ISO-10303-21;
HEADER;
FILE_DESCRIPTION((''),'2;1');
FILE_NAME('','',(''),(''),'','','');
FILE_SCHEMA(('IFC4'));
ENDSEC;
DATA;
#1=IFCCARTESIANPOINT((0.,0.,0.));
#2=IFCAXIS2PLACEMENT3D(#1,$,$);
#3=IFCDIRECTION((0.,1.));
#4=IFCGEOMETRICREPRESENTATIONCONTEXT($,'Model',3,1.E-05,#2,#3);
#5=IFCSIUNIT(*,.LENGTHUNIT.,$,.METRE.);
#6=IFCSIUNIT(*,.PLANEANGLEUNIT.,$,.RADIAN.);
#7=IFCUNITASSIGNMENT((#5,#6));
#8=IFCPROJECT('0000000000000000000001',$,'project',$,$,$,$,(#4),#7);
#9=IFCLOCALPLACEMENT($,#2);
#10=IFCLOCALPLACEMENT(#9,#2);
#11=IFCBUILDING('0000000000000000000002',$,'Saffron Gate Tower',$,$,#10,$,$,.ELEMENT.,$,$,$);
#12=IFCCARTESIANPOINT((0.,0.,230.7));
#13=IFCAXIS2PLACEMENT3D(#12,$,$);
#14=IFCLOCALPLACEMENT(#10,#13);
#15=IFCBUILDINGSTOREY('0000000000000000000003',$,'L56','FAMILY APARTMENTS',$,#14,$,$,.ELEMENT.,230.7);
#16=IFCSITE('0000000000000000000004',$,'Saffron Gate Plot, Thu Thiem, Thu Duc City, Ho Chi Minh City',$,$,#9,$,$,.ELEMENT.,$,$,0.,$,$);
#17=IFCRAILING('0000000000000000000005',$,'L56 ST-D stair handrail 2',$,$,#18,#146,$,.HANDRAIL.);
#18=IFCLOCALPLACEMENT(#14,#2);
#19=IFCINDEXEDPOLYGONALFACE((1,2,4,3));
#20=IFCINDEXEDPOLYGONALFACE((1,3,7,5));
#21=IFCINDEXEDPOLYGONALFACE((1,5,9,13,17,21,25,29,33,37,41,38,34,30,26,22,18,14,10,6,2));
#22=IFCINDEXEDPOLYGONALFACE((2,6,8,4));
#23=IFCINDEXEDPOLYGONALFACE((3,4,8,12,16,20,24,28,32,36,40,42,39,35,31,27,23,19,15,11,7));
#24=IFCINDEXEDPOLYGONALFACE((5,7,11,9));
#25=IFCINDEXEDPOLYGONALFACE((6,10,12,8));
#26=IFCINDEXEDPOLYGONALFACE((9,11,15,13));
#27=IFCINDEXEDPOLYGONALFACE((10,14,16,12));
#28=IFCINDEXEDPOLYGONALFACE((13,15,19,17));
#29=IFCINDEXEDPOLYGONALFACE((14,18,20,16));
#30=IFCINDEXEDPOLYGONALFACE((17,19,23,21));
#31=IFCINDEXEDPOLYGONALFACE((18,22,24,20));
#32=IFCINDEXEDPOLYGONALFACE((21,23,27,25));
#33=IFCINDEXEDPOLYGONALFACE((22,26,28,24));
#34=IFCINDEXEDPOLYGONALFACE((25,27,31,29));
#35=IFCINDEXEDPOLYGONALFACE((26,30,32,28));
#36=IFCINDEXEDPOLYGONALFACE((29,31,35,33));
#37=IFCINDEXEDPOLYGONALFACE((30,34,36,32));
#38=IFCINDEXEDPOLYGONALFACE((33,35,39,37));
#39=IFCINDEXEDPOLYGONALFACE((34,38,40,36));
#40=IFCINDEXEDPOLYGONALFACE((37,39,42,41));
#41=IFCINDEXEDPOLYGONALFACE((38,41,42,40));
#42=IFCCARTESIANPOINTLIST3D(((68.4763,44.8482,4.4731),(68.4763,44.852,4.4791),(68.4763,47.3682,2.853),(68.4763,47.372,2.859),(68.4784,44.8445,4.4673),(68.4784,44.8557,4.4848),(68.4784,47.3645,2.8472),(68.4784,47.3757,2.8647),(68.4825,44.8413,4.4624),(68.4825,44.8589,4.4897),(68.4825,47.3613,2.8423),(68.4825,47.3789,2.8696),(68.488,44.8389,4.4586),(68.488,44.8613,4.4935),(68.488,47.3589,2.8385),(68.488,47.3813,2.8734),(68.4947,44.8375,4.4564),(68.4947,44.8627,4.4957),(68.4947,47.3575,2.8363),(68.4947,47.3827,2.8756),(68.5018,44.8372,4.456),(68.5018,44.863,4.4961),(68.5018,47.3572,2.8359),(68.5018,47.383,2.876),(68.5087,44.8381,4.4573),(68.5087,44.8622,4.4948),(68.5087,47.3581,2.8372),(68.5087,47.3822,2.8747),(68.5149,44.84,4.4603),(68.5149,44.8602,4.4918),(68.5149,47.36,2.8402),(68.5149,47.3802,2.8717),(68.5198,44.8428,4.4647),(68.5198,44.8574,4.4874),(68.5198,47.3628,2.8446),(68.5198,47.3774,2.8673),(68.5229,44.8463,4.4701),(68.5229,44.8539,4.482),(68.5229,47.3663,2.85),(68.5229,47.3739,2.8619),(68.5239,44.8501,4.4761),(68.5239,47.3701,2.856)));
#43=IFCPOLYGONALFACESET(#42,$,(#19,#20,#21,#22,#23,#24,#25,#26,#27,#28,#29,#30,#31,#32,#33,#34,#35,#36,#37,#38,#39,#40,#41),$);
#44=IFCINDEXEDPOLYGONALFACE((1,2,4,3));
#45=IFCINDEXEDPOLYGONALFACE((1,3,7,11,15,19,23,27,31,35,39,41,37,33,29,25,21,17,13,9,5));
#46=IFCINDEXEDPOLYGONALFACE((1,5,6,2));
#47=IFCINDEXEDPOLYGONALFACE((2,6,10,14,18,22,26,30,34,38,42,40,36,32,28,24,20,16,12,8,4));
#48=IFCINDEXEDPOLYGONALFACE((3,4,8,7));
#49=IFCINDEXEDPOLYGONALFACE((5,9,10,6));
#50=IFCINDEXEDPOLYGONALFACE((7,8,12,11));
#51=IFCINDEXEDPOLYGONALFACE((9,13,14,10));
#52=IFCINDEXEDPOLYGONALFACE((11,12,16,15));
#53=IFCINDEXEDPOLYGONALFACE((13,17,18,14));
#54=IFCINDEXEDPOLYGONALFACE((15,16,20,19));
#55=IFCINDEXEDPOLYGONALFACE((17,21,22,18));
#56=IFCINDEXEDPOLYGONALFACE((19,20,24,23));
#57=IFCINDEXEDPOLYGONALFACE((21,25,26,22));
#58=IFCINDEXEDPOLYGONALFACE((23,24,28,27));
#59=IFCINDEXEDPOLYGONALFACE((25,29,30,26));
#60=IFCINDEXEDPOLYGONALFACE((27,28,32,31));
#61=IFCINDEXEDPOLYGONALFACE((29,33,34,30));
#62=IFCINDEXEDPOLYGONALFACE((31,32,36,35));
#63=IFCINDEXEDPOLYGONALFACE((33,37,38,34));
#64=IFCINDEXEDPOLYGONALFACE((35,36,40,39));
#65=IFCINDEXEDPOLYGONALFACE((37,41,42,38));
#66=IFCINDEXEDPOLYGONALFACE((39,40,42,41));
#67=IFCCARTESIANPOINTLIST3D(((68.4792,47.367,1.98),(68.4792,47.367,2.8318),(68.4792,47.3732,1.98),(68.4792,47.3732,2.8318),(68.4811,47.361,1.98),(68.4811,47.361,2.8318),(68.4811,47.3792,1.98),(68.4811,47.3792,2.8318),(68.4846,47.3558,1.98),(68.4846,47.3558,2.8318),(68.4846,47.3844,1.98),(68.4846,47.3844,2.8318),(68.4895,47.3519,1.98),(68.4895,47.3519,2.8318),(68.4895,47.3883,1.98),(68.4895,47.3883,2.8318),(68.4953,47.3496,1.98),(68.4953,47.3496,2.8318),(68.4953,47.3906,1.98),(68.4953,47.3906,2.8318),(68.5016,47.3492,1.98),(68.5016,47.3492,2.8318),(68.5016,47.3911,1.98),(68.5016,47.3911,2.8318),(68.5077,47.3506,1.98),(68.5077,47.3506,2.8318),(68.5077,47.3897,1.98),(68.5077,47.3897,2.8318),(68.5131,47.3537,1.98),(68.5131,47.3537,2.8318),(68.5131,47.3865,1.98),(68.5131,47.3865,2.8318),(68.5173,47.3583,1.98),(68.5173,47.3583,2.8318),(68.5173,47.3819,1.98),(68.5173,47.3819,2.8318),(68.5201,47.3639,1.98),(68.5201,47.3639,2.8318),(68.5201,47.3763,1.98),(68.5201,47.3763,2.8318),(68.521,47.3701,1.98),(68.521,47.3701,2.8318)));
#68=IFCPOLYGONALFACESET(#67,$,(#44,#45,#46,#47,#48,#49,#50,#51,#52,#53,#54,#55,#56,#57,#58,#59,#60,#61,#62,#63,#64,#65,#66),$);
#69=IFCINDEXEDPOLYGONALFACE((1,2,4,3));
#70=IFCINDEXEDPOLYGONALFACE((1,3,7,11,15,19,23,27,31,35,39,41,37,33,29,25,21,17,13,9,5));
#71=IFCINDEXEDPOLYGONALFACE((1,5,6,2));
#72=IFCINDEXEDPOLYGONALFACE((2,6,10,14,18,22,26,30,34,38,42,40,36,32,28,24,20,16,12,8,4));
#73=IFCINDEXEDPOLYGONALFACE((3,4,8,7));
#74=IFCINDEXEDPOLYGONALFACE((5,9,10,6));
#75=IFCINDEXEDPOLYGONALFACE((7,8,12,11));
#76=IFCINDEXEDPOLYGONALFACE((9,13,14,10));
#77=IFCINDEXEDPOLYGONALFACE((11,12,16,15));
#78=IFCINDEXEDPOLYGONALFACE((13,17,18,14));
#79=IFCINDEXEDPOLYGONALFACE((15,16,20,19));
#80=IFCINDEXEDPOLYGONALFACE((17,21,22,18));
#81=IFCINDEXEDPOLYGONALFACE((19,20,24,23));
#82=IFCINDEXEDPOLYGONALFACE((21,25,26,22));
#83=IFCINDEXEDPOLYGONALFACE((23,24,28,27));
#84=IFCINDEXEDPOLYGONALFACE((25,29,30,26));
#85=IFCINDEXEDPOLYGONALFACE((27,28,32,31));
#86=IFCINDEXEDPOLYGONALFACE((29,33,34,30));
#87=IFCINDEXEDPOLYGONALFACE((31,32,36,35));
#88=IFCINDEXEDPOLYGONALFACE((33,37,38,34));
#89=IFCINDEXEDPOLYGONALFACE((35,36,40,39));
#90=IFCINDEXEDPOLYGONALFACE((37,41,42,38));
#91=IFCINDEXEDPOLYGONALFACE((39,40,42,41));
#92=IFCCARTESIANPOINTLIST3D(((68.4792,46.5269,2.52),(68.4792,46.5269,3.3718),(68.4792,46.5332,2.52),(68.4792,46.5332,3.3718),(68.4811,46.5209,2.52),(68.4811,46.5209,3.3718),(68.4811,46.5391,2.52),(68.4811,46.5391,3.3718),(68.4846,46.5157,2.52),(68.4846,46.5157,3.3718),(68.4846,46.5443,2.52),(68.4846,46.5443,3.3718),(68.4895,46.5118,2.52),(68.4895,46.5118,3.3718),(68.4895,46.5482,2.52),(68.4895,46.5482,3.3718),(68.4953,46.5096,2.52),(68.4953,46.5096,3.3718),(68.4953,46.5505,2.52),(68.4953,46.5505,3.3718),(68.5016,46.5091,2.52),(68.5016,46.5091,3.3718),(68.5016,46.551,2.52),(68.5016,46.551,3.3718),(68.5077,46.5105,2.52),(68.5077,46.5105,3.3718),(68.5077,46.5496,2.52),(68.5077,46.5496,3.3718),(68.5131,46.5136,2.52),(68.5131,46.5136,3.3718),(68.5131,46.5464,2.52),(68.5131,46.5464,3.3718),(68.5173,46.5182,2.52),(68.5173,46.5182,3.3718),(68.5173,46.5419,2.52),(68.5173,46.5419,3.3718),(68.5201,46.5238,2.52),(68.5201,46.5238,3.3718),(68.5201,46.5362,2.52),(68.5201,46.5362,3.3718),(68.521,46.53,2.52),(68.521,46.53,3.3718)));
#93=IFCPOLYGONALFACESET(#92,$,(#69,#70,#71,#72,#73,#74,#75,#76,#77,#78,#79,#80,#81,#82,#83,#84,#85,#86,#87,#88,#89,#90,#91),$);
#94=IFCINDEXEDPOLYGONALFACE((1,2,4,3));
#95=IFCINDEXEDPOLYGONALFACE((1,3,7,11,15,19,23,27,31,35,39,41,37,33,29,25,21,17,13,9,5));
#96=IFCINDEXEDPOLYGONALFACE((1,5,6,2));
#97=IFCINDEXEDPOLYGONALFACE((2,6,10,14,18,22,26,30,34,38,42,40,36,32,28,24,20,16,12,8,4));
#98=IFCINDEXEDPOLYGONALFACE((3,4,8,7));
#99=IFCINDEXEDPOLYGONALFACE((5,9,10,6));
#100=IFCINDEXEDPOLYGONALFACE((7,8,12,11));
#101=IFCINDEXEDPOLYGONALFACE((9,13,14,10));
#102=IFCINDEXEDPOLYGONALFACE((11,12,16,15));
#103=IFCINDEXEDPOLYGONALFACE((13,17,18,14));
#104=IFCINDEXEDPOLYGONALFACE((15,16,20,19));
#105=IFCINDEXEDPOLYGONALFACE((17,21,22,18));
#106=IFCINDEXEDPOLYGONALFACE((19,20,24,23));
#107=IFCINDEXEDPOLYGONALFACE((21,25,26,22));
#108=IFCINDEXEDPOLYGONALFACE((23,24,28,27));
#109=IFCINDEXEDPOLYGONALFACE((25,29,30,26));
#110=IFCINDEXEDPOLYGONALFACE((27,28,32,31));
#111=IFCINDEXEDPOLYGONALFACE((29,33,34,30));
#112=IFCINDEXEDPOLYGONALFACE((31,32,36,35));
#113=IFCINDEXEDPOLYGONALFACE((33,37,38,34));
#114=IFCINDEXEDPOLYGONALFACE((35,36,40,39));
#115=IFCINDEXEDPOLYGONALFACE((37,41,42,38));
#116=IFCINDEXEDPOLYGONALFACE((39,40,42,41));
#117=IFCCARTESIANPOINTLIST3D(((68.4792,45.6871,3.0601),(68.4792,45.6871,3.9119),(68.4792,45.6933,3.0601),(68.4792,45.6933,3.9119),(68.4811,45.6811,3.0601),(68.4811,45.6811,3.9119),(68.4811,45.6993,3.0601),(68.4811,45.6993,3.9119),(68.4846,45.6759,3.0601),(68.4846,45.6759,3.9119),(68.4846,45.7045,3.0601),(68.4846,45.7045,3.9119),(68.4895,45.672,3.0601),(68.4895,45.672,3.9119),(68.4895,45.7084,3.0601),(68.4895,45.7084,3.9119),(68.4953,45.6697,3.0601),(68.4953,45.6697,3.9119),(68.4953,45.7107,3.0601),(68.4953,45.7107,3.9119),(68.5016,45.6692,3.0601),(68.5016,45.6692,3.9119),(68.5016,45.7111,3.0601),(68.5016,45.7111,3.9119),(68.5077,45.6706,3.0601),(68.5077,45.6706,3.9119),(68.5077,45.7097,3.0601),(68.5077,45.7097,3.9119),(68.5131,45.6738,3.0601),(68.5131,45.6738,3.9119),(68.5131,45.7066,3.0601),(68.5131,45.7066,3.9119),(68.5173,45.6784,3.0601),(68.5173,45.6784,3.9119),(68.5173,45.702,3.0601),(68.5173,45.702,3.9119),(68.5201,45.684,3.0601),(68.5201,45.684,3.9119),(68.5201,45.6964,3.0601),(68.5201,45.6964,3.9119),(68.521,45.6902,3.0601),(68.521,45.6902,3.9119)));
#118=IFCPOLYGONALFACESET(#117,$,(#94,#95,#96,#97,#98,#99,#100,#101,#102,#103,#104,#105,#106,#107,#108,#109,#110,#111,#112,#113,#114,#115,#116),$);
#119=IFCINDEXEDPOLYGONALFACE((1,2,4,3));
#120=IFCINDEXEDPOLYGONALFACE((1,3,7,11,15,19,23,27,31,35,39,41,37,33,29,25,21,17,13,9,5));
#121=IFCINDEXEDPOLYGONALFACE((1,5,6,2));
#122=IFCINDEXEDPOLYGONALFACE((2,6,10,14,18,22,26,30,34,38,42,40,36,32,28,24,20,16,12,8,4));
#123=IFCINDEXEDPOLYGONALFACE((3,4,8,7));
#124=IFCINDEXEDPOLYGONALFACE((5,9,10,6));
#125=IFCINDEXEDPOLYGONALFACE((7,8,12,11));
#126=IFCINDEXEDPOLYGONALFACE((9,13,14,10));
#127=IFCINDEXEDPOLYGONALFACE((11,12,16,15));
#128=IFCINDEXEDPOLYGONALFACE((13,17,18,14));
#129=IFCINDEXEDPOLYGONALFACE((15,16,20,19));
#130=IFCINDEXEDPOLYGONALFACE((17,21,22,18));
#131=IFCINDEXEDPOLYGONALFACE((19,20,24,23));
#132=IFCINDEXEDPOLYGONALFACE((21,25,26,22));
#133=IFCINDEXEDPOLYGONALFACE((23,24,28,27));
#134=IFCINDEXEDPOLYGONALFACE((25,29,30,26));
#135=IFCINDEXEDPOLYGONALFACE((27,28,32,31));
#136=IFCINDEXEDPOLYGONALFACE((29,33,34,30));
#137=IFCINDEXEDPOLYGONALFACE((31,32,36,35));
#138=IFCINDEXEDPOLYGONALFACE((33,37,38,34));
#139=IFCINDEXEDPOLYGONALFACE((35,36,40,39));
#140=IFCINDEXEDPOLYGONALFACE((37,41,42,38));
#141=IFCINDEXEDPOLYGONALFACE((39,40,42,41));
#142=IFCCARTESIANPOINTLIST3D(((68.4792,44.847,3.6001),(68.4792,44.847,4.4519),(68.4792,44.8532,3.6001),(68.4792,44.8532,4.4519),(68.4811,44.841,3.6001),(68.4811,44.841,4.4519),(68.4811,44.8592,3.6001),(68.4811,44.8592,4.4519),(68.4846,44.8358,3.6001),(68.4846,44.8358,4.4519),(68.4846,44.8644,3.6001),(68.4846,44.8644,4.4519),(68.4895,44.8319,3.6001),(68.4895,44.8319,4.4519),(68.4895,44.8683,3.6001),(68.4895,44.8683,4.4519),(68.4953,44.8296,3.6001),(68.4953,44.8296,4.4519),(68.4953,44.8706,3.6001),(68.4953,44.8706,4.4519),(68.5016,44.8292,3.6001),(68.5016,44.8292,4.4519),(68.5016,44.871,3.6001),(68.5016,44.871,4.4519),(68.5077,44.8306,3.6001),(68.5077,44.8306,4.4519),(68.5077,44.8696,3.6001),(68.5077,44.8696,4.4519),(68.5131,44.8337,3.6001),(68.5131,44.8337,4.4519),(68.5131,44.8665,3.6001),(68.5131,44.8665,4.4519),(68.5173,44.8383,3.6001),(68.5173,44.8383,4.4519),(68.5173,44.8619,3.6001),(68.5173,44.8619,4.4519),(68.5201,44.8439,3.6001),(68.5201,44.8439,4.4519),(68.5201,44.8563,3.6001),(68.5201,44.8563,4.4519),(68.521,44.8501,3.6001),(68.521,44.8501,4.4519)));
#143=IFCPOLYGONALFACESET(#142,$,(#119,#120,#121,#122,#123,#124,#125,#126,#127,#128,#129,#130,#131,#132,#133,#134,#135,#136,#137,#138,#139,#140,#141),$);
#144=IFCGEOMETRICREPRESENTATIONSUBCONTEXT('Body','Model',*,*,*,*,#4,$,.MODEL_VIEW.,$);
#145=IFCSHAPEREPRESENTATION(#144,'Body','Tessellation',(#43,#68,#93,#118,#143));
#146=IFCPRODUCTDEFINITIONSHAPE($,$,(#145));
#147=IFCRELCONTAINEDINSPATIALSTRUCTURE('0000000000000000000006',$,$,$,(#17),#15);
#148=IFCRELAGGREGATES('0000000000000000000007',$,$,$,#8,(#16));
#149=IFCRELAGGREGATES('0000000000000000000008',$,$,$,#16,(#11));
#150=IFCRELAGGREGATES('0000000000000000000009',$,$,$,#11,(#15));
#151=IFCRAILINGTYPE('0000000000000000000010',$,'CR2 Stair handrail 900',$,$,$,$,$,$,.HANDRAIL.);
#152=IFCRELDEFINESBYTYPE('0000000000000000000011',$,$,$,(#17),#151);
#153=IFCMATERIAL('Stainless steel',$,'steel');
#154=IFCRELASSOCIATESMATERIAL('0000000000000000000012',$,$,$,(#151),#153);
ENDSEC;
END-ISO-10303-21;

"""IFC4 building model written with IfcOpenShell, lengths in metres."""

from ifc_helpers import new_model, si_unit, direction, frame, origin, origin_2d, place, context, subcontext, project, spatial, circle, extrude, material, type_object, element, save


model = new_model("IFC4")

# Units and contexts
model_context = context("Model", 3, precision=1e-05, world=origin(), true_north=direction((0.0, 1.0)))
body_context = subcontext(model_context, "Body", "Model", "MODEL_VIEW")
ifc_project = project(units=[si_unit("LENGTHUNIT", "METRE"), si_unit("PLANEANGLEUNIT", "RADIAN")], contexts=[model_context])

# Site, building, storey
site_placement = place(None, origin())
site = spatial("IfcSite", under=ifc_project, at=site_placement, Name="Saffron Gate Plot, Thu Thiem, Thu Duc City, Ho Chi Minh City", CompositionType="ELEMENT", RefElevation=0.0)
building_placement = place(site_placement, origin())
building = spatial("IfcBuilding", under=site, at=building_placement, Name="Saffron Gate Tower", CompositionType="ELEMENT")
storey_placement = place(building_placement, frame((0.0, 0.0, 230.7)))
storey = spatial("IfcBuildingStorey", under=building, at=storey_placement, Name="L56", Description="FAMILY APARTMENTS", CompositionType="ELEMENT", Elevation=230.7)

# Railing
ifc_material_1 = material(Name="Stainless steel", Category="steel")
railing_type_1 = type_object("IfcRailingType", Name="CR2 Stair handrail 900", PredefinedType="HANDRAIL", material=ifc_material_1)
railing_1_placement = place(storey_placement, frame((68.5, 47.3701, 1.98)))
element("IfcRailing", 1, at=railing_1_placement, inside=storey, type_object=railing_type_1, Name="L56 ST-D stair handrail 2", PredefinedType="HANDRAIL", context=body_context, shape_type="SweptSolid", body=[
    extrude(circle(Radius=0.0239, at=origin_2d()), frame((0.0, 0.0, 0.876), z_axis=(0.0, -0.841163, 0.540782), x_axis=(1.0, 0.0, 0.0)), (0.0, 0.0, 1.0), 2.9958),
    extrude(circle(Radius=0.021, at=origin_2d()), origin(), (0.0, 0.0, 1.0), 0.8518),
    extrude(circle(Radius=0.021, at=origin_2d()), frame((0.0, -0.8401, 0.54)), (0.0, 0.0, 1.0), 0.8518),
    extrude(circle(Radius=0.021, at=origin_2d()), frame((0.0, -1.6799, 1.0801)), (0.0, 0.0, 1.0), 0.8518),
    extrude(circle(Radius=0.021, at=origin_2d()), frame((0.0, -2.52, 1.6201)), (0.0, 0.0, 1.0), 0.8518),
])

save(model, "model.ifc")
